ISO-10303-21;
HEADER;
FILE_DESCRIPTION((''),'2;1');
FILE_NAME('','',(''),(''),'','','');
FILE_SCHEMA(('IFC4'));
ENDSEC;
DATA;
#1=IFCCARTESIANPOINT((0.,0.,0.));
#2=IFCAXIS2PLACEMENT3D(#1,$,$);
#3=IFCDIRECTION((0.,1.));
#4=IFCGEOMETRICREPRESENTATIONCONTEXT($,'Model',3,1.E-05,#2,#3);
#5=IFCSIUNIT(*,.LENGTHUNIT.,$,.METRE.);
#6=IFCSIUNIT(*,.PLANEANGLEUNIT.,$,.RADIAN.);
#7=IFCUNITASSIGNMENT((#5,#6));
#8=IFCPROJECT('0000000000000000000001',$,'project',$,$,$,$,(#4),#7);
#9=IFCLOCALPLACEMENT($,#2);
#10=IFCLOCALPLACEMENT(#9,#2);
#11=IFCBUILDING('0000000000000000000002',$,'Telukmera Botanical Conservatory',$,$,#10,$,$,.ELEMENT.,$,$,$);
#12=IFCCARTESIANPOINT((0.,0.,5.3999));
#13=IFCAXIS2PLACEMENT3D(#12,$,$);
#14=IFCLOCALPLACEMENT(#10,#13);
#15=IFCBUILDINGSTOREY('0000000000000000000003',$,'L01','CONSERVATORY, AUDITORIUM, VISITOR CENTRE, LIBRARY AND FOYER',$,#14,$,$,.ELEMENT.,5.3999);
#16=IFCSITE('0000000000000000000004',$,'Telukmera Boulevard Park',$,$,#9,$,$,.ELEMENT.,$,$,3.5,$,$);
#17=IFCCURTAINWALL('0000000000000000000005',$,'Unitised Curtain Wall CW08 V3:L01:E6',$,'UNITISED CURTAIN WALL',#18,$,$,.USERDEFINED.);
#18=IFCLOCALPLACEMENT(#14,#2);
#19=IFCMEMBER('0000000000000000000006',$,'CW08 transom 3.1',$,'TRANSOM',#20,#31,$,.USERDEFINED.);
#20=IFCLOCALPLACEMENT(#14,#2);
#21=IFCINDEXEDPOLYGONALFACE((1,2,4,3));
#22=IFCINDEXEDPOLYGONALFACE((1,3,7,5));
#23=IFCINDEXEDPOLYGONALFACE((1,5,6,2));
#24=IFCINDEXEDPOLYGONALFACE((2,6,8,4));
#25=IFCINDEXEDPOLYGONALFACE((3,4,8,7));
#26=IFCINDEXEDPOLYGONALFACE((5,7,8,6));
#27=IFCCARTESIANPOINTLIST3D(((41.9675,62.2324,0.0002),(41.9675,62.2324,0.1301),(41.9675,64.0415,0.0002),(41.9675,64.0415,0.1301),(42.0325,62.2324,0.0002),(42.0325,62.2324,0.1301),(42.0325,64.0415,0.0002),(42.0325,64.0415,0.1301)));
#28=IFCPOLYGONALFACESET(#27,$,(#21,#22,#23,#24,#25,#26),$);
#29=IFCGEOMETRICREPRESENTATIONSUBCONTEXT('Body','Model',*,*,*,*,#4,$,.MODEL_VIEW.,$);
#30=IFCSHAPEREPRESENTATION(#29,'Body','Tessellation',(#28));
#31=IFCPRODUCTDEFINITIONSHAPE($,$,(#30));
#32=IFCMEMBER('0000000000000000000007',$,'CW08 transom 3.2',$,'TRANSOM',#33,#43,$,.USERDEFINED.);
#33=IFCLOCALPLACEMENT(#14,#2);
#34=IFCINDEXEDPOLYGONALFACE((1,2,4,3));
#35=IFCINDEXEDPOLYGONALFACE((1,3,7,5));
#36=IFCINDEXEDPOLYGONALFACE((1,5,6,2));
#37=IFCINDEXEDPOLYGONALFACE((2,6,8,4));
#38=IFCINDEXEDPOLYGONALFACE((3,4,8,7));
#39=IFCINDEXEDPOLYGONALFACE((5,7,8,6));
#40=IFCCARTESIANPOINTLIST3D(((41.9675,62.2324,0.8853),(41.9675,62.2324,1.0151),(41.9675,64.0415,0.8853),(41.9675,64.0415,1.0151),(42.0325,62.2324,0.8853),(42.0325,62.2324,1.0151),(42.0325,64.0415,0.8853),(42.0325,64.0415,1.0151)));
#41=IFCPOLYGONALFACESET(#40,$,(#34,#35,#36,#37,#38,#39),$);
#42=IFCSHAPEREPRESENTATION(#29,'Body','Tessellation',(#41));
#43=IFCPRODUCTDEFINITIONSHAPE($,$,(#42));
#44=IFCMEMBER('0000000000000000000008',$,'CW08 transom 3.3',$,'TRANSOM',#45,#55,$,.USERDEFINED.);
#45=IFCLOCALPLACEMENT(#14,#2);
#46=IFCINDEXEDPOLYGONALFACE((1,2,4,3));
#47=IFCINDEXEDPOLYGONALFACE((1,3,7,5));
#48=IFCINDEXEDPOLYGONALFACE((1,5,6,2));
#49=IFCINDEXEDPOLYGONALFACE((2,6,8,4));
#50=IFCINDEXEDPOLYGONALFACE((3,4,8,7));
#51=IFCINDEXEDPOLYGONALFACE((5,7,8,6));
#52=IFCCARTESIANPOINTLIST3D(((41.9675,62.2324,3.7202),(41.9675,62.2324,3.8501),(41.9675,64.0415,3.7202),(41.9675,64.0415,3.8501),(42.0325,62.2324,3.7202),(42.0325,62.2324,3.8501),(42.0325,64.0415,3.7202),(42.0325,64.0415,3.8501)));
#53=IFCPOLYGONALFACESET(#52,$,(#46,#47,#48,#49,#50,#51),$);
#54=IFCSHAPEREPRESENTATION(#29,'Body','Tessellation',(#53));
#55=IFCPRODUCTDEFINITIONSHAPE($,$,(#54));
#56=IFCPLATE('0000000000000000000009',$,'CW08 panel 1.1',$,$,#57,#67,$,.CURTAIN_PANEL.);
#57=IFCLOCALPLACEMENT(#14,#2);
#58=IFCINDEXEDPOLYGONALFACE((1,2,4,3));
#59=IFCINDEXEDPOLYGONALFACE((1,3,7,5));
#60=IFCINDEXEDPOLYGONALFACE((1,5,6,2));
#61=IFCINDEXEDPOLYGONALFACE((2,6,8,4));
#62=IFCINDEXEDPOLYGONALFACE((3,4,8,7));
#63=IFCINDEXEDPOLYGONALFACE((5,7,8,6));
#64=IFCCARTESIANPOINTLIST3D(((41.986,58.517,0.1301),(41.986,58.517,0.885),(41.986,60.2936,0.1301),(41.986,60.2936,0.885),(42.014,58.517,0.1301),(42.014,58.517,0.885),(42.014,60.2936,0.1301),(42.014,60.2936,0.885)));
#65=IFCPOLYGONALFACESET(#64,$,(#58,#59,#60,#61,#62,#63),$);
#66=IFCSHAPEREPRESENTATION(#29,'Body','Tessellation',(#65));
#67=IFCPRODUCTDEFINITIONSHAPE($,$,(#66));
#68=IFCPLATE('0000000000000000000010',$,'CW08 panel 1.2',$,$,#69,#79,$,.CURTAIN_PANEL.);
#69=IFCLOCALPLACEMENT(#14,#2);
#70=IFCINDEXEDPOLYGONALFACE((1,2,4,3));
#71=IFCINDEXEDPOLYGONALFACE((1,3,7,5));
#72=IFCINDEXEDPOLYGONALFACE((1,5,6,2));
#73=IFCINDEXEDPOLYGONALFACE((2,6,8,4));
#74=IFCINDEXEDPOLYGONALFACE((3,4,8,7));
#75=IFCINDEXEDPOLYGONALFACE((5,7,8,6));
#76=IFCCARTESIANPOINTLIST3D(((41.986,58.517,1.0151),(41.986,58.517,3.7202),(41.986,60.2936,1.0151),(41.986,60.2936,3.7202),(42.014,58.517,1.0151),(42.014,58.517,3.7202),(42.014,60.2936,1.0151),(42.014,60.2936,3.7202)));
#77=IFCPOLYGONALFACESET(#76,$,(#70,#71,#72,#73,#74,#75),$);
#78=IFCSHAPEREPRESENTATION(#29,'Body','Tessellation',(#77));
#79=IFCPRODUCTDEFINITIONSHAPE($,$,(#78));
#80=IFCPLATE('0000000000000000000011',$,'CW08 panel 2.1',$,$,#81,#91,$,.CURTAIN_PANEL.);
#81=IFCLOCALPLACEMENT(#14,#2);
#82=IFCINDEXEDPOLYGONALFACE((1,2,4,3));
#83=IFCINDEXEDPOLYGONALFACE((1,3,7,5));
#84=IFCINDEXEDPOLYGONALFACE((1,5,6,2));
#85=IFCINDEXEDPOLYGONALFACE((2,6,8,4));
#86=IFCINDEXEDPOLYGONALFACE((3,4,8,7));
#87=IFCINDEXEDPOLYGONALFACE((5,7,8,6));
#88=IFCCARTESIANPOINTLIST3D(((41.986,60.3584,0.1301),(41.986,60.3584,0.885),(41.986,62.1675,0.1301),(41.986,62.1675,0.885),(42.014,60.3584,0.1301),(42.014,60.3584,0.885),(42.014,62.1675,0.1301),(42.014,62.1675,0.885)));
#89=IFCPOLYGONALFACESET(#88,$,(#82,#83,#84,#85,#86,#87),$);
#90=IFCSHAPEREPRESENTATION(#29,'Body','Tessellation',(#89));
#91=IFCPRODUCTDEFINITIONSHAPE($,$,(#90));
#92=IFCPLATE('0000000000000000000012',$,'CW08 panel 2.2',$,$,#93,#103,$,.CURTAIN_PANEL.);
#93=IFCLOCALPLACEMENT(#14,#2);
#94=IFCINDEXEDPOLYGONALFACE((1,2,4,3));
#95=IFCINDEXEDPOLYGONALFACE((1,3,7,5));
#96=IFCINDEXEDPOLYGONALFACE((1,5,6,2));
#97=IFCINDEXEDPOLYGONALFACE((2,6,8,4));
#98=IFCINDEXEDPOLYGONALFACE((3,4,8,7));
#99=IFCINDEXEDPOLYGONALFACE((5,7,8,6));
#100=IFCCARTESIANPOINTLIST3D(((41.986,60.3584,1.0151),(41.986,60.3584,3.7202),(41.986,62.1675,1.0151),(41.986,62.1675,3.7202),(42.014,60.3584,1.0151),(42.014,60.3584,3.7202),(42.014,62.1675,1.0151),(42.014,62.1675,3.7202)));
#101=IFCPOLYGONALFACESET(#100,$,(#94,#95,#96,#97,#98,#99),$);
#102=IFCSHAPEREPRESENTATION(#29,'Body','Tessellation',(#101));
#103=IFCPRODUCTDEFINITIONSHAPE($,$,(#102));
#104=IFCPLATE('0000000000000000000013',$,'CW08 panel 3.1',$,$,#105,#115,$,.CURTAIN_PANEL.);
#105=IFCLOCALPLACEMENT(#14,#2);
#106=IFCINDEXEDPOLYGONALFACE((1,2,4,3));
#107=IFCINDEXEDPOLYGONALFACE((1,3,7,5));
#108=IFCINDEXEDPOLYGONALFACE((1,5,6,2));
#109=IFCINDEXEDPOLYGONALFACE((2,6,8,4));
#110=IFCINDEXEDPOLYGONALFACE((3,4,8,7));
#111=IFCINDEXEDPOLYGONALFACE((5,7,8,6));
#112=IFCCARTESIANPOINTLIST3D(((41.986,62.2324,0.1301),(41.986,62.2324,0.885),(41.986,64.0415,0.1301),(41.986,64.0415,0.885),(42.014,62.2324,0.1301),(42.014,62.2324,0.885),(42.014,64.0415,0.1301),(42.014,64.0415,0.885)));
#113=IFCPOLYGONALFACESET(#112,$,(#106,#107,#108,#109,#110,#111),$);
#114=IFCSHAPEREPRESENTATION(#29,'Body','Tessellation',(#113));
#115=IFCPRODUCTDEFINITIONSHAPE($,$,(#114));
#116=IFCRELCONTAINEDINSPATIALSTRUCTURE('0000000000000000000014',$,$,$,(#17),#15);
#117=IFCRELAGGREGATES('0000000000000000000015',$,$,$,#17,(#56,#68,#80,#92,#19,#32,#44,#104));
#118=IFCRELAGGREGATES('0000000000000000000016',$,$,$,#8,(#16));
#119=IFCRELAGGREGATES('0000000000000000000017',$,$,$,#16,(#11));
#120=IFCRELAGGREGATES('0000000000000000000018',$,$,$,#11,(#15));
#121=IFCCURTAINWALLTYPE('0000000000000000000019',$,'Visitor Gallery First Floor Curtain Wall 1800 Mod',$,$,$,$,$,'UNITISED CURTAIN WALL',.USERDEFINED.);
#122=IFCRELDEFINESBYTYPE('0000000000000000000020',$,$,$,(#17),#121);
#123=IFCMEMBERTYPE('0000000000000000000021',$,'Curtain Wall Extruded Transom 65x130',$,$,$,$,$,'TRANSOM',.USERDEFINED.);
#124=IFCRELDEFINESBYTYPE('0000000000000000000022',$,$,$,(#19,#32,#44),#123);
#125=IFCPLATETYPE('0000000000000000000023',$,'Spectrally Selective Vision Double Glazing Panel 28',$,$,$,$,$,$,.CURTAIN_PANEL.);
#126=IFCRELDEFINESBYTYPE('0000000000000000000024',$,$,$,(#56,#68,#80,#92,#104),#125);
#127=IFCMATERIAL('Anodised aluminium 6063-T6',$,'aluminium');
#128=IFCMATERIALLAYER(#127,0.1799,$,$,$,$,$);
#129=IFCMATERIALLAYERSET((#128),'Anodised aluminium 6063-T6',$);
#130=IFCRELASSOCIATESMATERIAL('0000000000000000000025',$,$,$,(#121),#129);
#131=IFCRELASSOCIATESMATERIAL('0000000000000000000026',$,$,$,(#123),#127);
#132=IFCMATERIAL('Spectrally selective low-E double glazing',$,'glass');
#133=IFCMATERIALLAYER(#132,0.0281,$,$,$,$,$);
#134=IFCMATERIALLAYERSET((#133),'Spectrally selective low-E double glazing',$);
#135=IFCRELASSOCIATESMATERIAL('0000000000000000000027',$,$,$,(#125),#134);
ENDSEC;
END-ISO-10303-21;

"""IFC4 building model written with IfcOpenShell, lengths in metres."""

from ifc_helpers import new_model, si_unit, direction, frame, origin, origin_2d, place, context, subcontext, project, spatial, rectangle, extrude, material, layer, layer_set, material_profile, profile_set, type_object, element, aggregate, save


model = new_model("IFC4")

# Units and contexts
model_context = context("Model", 3, precision=1e-05, world=origin(), true_north=direction((0.0, 1.0)))
body_context = subcontext(model_context, "Body", "Model", "MODEL_VIEW")
ifc_project = project(units=[si_unit("LENGTHUNIT", "METRE"), si_unit("PLANEANGLEUNIT", "RADIAN")], contexts=[model_context])

# Site, building, storey
site_placement = place(None, origin())
site = spatial("IfcSite", under=ifc_project, at=site_placement, Name="Telukmera Boulevard Park", CompositionType="ELEMENT", RefElevation=3.5)
building_placement = place(site_placement, origin())
building = spatial("IfcBuilding", under=site, at=building_placement, Name="Telukmera Botanical Conservatory", CompositionType="ELEMENT")
storey_placement = place(building_placement, frame((0.0, 0.0, 5.3999)))
storey = spatial("IfcBuildingStorey", under=building, at=storey_placement, Name="L01", Description="CONSERVATORY, AUDITORIUM, VISITOR CENTRE, LIBRARY AND FOYER", CompositionType="ELEMENT", Elevation=5.3999)

# Curtain wall, members, plates
ifc_material_1 = material(Name="Anodised aluminium 6063-T6", Category="aluminium")
ifc_layer_1 = layer(ifc_material_1, 0.1799)
ifc_layer_set_1 = layer_set([ifc_layer_1], Name="Anodised aluminium 6063-T6")
curtain_wall_type = type_object("IfcCurtainWallType", Name="Visitor Gallery First Floor Curtain Wall 1800 Mod", ElementType="UNITISED CURTAIN WALL", PredefinedType="USERDEFINED", material=ifc_layer_set_1)
curtain_wall_placement = place(storey_placement, origin())
curtain_wall = element("IfcCurtainWall", 1, at=curtain_wall_placement, inside=storey, type_object=curtain_wall_type, Name="Unitised Curtain Wall CW08 V3:L01:E6", ObjectType="UNITISED CURTAIN WALL", PredefinedType="USERDEFINED")
ifc_material_profile_1 = material_profile(ifc_material_1, rectangle(XDim=0.0649, YDim=0.1299, at=origin_2d()), Name="ALU TRAN 65x130")
ifc_profile_set_1 = profile_set([ifc_material_profile_1], Name="Anodised aluminium 6063-T6")
member_type_1 = type_object("IfcMemberType", Name="Curtain Wall Extruded Transom 65x130", ElementType="TRANSOM", PredefinedType="USERDEFINED", material=ifc_profile_set_1)
member_1_placement = place(storey_placement, frame((42.0, 62.2324, 0.0652), z_axis=(0.0, 1.0, 0.0), x_axis=(-1.0, 0.0, 0.0)))
member_1 = element("IfcMember", 2, at=member_1_placement, type_object=member_type_1, Name="CW08 transom 3.1", ObjectType="TRANSOM", PredefinedType="USERDEFINED", context=body_context, shape_type="SweptSolid", body=[
    extrude(rectangle(XDim=0.0649, YDim=0.1299, at=origin_2d()), origin(), (0.0, 0.0, 1.0), 1.8091),
])
member_2_placement = place(storey_placement, frame((42.0, 62.2324, 0.9502), z_axis=(0.0, 1.0, 0.0), x_axis=(-1.0, 0.0, 0.0)))
member_2 = element("IfcMember", 3, at=member_2_placement, type_object=member_type_1, Name="CW08 transom 3.2", ObjectType="TRANSOM", PredefinedType="USERDEFINED", context=body_context, shape_type="SweptSolid", body=[
    extrude(rectangle(XDim=0.0649, YDim=0.1299, at=origin_2d()), origin(), (0.0, 0.0, 1.0), 1.8091),
])
member_3_placement = place(storey_placement, frame((42.0, 62.2324, 3.7852), z_axis=(0.0, 1.0, 0.0), x_axis=(-1.0, 0.0, 0.0)))
member_3 = element("IfcMember", 4, at=member_3_placement, type_object=member_type_1, Name="CW08 transom 3.3", ObjectType="TRANSOM", PredefinedType="USERDEFINED", context=body_context, shape_type="SweptSolid", body=[
    extrude(rectangle(XDim=0.0649, YDim=0.1299, at=origin_2d()), origin(), (0.0, 0.0, 1.0), 1.8091),
])
ifc_material_2 = material(Name="Spectrally selective low-E double glazing", Category="glass")
ifc_layer_2 = layer(ifc_material_2, 0.0281)
ifc_layer_set_2 = layer_set([ifc_layer_2], Name="Spectrally selective low-E double glazing")
plate_type = type_object("IfcPlateType", Name="Spectrally Selective Vision Double Glazing Panel 28", PredefinedType="CURTAIN_PANEL", material=ifc_layer_set_2)
plate_1_placement = place(storey_placement, frame((42.0, 59.4053, 0.1301), z_axis=(0.0, 0.0, 1.0), x_axis=(0.0, 1.0, 0.0)))
plate_1 = element("IfcPlate", 5, at=plate_1_placement, type_object=plate_type, Name="CW08 panel 1.1", PredefinedType="CURTAIN_PANEL", context=body_context, shape_type="SweptSolid", body=[
    extrude(rectangle(XDim=1.7766, YDim=0.0281, at=origin_2d()), origin(), (0.0, 0.0, 1.0), 0.7549),
])
plate_2_placement = place(storey_placement, frame((42.0, 59.4053, 1.0151), z_axis=(0.0, 0.0, 1.0), x_axis=(0.0, 1.0, 0.0)))
plate_2 = element("IfcPlate", 6, at=plate_2_placement, type_object=plate_type, Name="CW08 panel 1.2", PredefinedType="CURTAIN_PANEL", context=body_context, shape_type="SweptSolid", body=[
    extrude(rectangle(XDim=1.7766, YDim=0.0281, at=origin_2d()), origin(), (0.0, 0.0, 1.0), 2.7051),
])
plate_3_placement = place(storey_placement, frame((42.0, 61.2629, 0.1301), z_axis=(0.0, 0.0, 1.0), x_axis=(0.0, 1.0, 0.0)))
plate_3 = element("IfcPlate", 7, at=plate_3_placement, type_object=plate_type, Name="CW08 panel 2.1", PredefinedType="CURTAIN_PANEL", context=body_context, shape_type="SweptSolid", body=[
    extrude(rectangle(XDim=1.8091, YDim=0.0281, at=origin_2d()), origin(), (0.0, 0.0, 1.0), 0.7549),
])
plate_4_placement = place(storey_placement, frame((42.0, 61.2629, 1.0151), z_axis=(0.0, 0.0, 1.0), x_axis=(0.0, 1.0, 0.0)))
plate_4 = element("IfcPlate", 8, at=plate_4_placement, type_object=plate_type, Name="CW08 panel 2.2", PredefinedType="CURTAIN_PANEL", context=body_context, shape_type="SweptSolid", body=[
    extrude(rectangle(XDim=1.8091, YDim=0.0281, at=origin_2d()), origin(), (0.0, 0.0, 1.0), 2.7051),
])
plate_5_placement = place(storey_placement, frame((42.0, 63.137, 0.1301), z_axis=(0.0, 0.0, 1.0), x_axis=(0.0, 1.0, 0.0)))
plate_5 = element("IfcPlate", 9, at=plate_5_placement, type_object=plate_type, Name="CW08 panel 3.1", PredefinedType="CURTAIN_PANEL", context=body_context, shape_type="SweptSolid", body=[
    extrude(rectangle(XDim=1.8091, YDim=0.0281, at=origin_2d()), origin(), (0.0, 0.0, 1.0), 0.7549),
])
aggregate(curtain_wall, [plate_1, plate_2, plate_3, plate_4, member_1, member_2, member_3, plate_5])

save(model, "model.ifc")
